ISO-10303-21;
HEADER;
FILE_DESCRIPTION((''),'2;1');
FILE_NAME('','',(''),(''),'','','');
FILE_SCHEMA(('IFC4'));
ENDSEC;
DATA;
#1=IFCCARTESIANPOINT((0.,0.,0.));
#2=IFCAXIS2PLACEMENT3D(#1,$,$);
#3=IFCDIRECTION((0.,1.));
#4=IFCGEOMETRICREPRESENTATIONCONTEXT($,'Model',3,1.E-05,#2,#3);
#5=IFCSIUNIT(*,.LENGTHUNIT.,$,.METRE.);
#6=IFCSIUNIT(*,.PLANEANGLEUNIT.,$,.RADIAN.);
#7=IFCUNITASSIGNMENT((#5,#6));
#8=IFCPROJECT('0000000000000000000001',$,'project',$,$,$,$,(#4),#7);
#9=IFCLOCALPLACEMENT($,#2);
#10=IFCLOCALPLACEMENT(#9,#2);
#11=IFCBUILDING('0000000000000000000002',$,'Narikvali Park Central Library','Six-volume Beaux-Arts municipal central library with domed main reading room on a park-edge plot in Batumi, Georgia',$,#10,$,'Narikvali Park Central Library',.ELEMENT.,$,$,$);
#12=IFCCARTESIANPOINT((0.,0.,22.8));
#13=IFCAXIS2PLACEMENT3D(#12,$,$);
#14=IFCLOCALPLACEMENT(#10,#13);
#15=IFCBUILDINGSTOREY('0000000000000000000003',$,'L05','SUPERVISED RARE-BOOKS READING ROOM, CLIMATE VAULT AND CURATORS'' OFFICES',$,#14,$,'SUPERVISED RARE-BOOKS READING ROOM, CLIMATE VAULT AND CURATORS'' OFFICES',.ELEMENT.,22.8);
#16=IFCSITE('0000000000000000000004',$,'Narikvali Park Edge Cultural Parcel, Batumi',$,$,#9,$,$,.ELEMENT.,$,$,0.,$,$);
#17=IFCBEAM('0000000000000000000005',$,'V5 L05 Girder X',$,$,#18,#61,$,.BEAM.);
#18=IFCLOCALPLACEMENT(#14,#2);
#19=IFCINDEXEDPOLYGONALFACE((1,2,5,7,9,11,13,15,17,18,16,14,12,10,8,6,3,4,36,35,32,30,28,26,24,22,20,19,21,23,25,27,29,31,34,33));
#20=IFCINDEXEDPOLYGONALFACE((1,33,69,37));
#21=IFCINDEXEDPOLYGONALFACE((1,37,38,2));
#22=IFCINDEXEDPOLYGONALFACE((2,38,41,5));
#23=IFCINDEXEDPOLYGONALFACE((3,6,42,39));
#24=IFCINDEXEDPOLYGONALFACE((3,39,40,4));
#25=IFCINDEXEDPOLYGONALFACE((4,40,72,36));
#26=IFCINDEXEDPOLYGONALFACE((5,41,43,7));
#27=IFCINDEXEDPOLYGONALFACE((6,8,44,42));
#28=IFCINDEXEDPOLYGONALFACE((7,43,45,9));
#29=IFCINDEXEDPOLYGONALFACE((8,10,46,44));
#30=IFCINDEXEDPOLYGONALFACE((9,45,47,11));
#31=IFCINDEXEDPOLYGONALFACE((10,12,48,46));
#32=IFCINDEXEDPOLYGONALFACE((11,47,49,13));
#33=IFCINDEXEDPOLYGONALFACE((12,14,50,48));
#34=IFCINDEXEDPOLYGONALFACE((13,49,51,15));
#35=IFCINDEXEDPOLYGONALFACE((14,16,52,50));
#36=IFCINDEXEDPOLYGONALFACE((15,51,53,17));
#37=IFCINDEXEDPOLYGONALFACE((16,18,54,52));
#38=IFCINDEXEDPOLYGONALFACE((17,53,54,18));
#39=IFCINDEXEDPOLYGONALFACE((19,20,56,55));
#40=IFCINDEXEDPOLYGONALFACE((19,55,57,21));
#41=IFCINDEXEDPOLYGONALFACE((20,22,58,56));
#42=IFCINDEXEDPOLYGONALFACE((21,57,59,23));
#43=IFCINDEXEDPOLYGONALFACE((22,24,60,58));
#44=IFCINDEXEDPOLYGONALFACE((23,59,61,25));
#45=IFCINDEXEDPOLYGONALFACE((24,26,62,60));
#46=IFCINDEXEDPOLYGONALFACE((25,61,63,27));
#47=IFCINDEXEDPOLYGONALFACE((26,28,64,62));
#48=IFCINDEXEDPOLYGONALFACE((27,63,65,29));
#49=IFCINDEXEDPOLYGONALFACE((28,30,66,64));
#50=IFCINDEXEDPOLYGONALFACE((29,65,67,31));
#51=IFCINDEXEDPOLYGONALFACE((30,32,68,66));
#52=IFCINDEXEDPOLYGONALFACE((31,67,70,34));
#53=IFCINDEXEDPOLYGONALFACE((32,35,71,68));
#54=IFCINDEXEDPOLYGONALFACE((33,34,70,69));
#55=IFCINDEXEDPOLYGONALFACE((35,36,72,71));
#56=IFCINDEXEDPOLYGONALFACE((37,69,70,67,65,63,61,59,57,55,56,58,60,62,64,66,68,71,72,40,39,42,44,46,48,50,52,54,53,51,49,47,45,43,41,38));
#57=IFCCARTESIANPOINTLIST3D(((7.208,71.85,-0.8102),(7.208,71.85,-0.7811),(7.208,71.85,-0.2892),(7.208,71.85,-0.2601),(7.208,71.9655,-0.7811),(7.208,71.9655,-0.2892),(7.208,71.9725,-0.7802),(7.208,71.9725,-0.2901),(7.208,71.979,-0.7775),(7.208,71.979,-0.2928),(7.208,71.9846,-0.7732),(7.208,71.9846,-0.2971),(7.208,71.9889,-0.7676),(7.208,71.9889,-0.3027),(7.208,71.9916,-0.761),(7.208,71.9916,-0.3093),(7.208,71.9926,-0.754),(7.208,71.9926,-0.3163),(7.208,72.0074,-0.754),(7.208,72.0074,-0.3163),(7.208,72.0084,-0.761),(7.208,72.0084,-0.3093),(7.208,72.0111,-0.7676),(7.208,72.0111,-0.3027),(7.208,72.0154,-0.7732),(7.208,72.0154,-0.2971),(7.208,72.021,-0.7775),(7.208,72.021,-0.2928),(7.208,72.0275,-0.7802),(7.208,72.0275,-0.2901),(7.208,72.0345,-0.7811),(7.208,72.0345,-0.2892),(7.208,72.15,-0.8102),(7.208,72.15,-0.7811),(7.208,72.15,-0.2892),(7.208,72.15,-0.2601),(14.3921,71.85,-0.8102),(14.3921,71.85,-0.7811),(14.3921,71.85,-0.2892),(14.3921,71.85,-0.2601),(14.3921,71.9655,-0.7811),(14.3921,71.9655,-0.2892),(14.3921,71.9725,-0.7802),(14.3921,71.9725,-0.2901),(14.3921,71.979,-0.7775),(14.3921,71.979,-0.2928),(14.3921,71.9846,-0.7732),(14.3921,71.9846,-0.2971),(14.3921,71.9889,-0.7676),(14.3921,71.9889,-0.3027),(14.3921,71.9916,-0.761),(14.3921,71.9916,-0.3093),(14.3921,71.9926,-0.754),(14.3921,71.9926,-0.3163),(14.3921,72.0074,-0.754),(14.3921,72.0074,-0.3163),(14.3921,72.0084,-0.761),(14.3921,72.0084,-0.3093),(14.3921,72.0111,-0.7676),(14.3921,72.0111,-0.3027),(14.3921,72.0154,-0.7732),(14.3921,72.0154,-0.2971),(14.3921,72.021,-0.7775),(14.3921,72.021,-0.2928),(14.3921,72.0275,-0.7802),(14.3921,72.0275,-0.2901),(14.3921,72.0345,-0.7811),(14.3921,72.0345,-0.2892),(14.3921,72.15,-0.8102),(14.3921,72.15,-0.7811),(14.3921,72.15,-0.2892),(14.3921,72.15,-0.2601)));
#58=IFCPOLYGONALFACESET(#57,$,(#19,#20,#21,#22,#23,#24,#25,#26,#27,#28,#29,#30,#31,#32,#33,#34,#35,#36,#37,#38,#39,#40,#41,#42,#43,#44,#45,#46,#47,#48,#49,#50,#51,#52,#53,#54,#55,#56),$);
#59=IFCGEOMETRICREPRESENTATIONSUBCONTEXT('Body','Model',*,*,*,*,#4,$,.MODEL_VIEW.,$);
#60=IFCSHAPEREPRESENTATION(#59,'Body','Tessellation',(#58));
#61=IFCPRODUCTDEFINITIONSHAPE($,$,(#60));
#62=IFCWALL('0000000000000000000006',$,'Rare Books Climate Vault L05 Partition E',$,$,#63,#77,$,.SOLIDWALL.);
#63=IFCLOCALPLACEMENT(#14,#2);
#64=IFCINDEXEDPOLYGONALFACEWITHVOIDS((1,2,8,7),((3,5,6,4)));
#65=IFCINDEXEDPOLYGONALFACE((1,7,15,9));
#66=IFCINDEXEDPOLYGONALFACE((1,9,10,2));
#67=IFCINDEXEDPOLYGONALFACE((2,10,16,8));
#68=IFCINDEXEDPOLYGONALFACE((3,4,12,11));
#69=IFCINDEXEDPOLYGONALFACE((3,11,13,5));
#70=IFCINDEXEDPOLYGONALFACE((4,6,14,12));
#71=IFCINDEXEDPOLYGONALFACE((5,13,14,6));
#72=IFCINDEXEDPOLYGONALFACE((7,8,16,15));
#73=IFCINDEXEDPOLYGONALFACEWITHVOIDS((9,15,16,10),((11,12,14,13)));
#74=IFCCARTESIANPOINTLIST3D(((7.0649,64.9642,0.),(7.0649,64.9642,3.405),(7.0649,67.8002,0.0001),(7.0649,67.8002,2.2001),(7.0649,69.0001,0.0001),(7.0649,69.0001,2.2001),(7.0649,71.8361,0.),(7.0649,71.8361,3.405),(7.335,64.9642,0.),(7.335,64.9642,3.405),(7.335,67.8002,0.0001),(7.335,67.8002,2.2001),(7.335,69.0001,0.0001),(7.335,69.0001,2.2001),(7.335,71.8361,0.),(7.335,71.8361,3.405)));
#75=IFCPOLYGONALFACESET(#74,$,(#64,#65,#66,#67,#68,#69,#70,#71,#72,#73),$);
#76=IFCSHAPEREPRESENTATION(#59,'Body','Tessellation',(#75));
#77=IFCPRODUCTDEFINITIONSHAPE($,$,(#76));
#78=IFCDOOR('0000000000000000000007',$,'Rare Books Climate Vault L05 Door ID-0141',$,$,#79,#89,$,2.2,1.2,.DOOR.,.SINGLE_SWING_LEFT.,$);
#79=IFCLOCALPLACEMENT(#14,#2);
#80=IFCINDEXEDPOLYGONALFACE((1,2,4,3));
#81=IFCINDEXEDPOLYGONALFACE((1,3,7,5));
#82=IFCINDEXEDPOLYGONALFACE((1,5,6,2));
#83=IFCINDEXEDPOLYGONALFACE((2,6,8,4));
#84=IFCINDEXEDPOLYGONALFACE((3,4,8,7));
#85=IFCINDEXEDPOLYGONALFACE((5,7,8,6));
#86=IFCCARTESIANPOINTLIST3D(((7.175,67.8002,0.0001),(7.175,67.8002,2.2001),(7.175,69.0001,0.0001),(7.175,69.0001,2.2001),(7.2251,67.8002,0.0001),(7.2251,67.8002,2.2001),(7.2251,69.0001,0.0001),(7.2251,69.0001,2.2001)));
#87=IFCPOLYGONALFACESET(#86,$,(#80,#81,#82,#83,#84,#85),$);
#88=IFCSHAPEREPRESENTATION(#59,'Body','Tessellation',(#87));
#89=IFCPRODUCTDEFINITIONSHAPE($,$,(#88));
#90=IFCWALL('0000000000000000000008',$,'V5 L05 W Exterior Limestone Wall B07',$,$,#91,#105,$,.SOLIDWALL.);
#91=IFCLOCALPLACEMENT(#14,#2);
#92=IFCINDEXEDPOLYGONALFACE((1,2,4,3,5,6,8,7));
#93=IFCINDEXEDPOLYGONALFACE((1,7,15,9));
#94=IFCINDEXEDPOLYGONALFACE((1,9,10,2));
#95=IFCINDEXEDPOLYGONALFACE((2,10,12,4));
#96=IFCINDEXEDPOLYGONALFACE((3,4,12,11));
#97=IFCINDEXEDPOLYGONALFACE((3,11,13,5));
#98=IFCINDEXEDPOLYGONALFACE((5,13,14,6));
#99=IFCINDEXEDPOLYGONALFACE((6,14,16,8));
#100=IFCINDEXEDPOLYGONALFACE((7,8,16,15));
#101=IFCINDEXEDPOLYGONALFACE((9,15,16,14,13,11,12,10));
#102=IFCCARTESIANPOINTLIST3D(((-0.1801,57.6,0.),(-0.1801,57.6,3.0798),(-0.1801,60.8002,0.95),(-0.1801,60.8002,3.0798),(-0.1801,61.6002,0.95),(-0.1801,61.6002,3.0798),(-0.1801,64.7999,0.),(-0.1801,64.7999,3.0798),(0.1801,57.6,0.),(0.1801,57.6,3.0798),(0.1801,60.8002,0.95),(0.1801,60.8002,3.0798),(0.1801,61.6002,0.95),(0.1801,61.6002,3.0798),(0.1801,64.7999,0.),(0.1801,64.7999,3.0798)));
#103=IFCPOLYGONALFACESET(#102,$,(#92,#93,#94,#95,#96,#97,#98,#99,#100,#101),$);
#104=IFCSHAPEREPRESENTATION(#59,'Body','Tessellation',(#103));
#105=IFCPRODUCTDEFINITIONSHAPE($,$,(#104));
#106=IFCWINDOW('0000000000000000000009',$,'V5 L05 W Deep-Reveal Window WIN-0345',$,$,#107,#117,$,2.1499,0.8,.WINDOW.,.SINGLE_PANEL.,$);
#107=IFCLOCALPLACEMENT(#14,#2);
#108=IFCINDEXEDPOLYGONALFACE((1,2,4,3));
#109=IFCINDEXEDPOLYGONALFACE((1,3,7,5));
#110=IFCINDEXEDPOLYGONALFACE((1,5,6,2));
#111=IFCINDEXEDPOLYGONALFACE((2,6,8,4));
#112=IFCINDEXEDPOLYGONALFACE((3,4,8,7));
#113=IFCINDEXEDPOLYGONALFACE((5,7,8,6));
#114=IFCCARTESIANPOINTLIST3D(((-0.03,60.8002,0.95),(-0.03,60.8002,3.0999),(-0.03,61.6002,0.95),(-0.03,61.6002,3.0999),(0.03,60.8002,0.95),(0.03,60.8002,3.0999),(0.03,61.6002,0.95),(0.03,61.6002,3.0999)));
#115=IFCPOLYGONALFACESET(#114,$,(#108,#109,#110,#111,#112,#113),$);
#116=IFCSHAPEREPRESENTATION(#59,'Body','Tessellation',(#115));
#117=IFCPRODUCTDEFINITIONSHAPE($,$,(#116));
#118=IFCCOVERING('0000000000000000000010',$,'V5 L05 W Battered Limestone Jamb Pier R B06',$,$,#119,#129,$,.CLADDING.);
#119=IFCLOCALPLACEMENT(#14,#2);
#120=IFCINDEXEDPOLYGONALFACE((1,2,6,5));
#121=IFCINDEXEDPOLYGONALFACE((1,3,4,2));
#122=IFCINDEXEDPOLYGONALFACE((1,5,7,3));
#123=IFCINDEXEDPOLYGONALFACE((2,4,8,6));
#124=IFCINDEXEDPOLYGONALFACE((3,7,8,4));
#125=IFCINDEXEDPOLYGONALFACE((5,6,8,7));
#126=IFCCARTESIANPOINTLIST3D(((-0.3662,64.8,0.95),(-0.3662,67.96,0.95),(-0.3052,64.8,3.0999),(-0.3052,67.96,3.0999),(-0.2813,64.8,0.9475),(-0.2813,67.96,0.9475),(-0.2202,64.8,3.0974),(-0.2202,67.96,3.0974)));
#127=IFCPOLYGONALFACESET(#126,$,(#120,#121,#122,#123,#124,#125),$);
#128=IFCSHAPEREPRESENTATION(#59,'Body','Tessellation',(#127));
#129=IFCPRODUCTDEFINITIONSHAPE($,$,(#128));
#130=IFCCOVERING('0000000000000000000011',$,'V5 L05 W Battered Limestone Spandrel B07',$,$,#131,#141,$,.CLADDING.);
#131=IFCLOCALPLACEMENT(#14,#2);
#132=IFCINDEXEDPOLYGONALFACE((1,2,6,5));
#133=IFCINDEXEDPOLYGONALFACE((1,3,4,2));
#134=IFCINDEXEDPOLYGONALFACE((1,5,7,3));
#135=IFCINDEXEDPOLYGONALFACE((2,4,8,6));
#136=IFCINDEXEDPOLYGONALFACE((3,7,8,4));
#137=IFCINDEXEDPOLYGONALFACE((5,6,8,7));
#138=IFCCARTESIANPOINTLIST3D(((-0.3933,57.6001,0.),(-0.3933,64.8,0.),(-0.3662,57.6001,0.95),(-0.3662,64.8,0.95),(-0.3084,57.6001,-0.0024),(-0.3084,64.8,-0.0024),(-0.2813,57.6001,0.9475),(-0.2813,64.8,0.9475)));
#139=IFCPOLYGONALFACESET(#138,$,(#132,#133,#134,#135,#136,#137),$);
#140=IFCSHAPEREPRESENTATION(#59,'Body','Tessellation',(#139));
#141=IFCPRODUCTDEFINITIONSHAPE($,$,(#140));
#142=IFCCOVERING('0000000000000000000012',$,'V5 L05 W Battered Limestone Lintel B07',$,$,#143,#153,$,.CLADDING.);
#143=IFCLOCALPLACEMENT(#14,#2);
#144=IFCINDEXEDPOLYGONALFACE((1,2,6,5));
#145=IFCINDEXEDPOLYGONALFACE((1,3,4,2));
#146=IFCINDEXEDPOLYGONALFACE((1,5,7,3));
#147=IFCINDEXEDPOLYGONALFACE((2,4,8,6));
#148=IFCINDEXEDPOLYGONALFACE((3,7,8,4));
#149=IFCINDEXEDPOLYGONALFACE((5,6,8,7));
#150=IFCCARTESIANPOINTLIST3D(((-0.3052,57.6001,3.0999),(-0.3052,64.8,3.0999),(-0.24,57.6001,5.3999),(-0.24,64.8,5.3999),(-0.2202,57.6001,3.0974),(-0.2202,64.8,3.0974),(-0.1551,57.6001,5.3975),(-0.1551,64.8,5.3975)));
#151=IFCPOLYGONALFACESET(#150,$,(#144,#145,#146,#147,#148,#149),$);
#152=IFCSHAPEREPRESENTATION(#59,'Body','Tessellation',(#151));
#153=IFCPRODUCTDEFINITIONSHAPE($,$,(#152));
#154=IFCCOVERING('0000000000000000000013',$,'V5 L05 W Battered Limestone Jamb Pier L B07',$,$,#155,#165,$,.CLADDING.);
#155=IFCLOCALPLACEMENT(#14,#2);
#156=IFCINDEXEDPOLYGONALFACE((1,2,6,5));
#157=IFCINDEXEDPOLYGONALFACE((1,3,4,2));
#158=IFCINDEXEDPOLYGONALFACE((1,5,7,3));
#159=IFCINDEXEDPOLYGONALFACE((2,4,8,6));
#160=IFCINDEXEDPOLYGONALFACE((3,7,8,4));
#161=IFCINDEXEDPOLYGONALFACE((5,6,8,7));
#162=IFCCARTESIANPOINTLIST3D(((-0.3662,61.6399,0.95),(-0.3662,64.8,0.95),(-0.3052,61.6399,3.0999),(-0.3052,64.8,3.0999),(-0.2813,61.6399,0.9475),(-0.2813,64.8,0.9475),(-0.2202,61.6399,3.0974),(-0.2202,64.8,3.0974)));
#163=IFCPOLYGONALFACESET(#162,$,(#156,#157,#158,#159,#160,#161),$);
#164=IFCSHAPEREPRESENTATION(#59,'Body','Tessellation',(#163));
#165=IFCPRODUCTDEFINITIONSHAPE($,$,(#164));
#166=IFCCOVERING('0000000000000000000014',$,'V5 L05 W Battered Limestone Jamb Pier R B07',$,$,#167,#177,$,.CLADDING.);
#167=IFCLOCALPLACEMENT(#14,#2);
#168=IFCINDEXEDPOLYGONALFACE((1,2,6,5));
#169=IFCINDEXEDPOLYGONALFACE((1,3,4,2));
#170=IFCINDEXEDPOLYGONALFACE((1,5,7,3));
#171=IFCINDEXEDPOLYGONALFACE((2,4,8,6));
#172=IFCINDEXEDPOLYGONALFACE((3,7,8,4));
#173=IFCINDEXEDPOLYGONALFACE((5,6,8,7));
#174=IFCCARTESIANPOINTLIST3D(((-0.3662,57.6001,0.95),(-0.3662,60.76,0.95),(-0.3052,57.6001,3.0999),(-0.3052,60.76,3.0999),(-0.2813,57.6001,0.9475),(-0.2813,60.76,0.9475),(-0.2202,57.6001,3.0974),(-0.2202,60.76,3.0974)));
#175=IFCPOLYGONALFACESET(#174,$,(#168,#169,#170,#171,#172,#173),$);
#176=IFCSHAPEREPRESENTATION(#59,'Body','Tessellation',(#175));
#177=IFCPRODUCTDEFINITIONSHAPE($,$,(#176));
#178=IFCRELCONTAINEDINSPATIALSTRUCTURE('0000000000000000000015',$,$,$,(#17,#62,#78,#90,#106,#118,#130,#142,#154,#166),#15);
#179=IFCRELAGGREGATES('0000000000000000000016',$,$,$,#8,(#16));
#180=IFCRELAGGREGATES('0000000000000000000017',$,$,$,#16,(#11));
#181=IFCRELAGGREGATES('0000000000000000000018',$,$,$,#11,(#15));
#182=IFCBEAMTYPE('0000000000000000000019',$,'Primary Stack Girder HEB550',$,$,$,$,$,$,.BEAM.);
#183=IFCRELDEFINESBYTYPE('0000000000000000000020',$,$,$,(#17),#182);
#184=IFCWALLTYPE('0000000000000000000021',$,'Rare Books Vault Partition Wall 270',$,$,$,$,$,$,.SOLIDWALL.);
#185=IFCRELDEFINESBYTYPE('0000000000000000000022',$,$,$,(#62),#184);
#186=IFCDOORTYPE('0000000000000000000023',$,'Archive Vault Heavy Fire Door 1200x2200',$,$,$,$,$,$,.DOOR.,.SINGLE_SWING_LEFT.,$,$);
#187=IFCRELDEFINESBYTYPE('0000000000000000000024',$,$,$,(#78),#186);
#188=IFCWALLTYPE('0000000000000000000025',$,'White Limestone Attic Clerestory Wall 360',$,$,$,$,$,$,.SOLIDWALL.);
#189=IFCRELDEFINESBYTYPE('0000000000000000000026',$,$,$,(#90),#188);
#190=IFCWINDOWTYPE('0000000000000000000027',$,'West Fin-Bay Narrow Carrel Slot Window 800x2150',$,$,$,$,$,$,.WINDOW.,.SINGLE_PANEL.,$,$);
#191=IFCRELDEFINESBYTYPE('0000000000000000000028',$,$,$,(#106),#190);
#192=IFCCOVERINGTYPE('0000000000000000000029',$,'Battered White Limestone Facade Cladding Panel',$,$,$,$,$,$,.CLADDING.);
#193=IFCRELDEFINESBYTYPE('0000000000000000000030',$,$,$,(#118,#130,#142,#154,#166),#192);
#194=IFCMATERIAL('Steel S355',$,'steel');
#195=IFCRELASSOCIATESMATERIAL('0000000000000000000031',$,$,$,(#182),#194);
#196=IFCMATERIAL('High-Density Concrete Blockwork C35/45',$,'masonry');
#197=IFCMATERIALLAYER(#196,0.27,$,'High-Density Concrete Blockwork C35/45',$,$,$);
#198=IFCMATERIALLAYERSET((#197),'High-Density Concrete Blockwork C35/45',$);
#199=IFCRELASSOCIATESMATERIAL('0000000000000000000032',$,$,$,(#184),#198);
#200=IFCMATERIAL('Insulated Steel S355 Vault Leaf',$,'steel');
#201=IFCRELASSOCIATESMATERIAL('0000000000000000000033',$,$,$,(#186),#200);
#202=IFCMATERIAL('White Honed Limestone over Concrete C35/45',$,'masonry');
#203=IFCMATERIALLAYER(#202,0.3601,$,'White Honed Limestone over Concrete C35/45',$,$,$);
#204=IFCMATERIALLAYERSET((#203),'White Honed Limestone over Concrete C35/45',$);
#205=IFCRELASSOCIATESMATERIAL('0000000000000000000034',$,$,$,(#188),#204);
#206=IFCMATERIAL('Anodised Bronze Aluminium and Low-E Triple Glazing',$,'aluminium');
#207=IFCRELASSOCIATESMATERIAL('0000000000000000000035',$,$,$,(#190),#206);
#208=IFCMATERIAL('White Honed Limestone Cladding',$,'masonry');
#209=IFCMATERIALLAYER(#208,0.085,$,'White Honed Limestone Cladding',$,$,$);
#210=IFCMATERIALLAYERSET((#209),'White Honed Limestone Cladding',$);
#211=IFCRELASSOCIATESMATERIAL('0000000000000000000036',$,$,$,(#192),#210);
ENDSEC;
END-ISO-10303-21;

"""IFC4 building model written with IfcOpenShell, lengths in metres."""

from ifc_helpers import new_model, si_unit, direction, frame, frame_2d, origin, origin_2d, place, context, subcontext, project, spatial, polyline, rectangle, i_section, outline, extrude, material, layer, layer_set, material_profile, profile_set, type_object, element, fill, save


model = new_model("IFC4")

# Units and contexts
model_context = context("Model", 3, precision=1e-05, world=origin(), true_north=direction((0.0, 1.0)))
body_context = subcontext(model_context, "Body", "Model", "MODEL_VIEW")
ifc_project = project(units=[si_unit("LENGTHUNIT", "METRE"), si_unit("PLANEANGLEUNIT", "RADIAN")], contexts=[model_context])

# Site, building, storey
site_placement = place(None, origin())
site = spatial("IfcSite", under=ifc_project, at=site_placement, Name="Narikvali Park Edge Cultural Parcel, Batumi", CompositionType="ELEMENT", RefElevation=0.0)
building_placement = place(site_placement, origin())
building = spatial("IfcBuilding", under=site, at=building_placement, Name="Narikvali Park Central Library", Description="Six-volume Beaux-Arts municipal central library with domed main reading room on a park-edge plot in Batumi, Georgia", LongName="Narikvali Park Central Library", CompositionType="ELEMENT")
storey_placement = place(building_placement, frame((0.0, 0.0, 22.8)))
storey = spatial("IfcBuildingStorey", under=building, at=storey_placement, Name="L05", Description="SUPERVISED RARE-BOOKS READING ROOM, CLIMATE VAULT AND CURATORS' OFFICES", LongName="SUPERVISED RARE-BOOKS READING ROOM, CLIMATE VAULT AND CURATORS' OFFICES", CompositionType="ELEMENT", Elevation=22.8)

# Shared definitions
ifc_material_1 = material(Name="Steel S355", Category="steel")

# Beam
ifc_material_profile_1 = material_profile(ifc_material_1, i_section(OverallWidth=0.3, OverallDepth=0.55, WebThickness=0.0149, FlangeThickness=0.0291, FilletRadius=0.0271, at=origin_2d()), Name="HEB 550")
ifc_profile_set_1 = profile_set([ifc_material_profile_1], Name="Steel S355")
beam_type_1 = type_object("IfcBeamType", Name="Primary Stack Girder HEB550", PredefinedType="BEAM", material=ifc_profile_set_1)
beam_1_placement = place(storey_placement, frame((7.208, 72.0, -0.5352), z_axis=(1.0, 0.0, 0.0), x_axis=(0.0, 1.0, 0.0)))
element("IfcBeam", 1, at=beam_1_placement, inside=storey, type_object=beam_type_1, Name="V5 L05 Girder X", PredefinedType="BEAM", context=body_context, shape_type="SweptSolid", body=[
    extrude(i_section(OverallWidth=0.3, OverallDepth=0.55, WebThickness=0.0149, FlangeThickness=0.0291, FilletRadius=0.0271, at=origin_2d()), origin(), (0.0, 0.0, 1.0), 7.1841),
])

# Wall, opening, door
ifc_material_2 = material(Name="High-Density Concrete Blockwork C35/45", Category="masonry")
ifc_layer_1 = layer(ifc_material_2, 0.27, Name="High-Density Concrete Blockwork C35/45")
ifc_layer_set_1 = layer_set([ifc_layer_1], Name="High-Density Concrete Blockwork C35/45")
wall_type_1 = type_object("IfcWallType", Name="Rare Books Vault Partition Wall 270", PredefinedType="SOLIDWALL", material=ifc_layer_set_1)
wall_1_placement = place(storey_placement, frame((7.2, 64.9641, 0.0), z_axis=(0.0, 0.0, 1.0), x_axis=(0.0, 1.0, 0.0)))
wall_1 = element("IfcWall", 2, at=wall_1_placement, inside=storey, type_object=wall_type_1, Name="Rare Books Climate Vault L05 Partition E", PredefinedType="SOLIDWALL", context=body_context, shape_type="SweptSolid", body=[
    extrude(rectangle(XDim=6.8718, YDim=0.27, at=frame_2d((3.436, 0.0))), origin(), (0.0, 0.0, 1.0), 3.405),
])
opening_1_placement = place(wall_1_placement, frame((2.8359, 0.0, 0.0)))
opening_1 = element("IfcOpeningElement", 3, at=opening_1_placement, cuts=wall_1, PredefinedType="OPENING", context=body_context, shape_type="SweptSolid", body=[
    extrude(rectangle(XDim=1.2, YDim=2.2, at=frame_2d((0.6001, 1.1001))), frame((0.0, 0.147, 0.0), z_axis=(0.0, -1.0, 0.0), x_axis=(1.0, 0.0, 0.0)), (0.0, 0.0, 1.0), 0.2939),
])
ifc_material_3 = material(Name="Insulated Steel S355 Vault Leaf", Category="steel")
door_type = type_object("IfcDoorType", Name="Archive Vault Heavy Fire Door 1200x2200", OperationType="SINGLE_SWING_LEFT", PredefinedType="DOOR", material=ifc_material_3)
door_placement = place(opening_1_placement, origin())
door = element("IfcDoor", 4, at=door_placement, inside=storey, type_object=door_type, Name="Rare Books Climate Vault L05 Door ID-0141", OperationType="SINGLE_SWING_LEFT", OverallHeight=2.2, OverallWidth=1.2, PredefinedType="DOOR", context=body_context, shape_type="SweptSolid", body=[
    extrude(rectangle(XDim=1.2, YDim=2.2, at=frame_2d((0.6001, 1.1001))), frame((0.0, 0.0249, 0.0), z_axis=(0.0, -1.0, 0.0), x_axis=(1.0, 0.0, 0.0)), (0.0, 0.0, 1.0), 0.05),
])
fill(opening_1, door)

# Wall, opening, window
ifc_material_4 = material(Name="White Honed Limestone over Concrete C35/45", Category="masonry")
ifc_layer_2 = layer(ifc_material_4, 0.3601, Name="White Honed Limestone over Concrete C35/45")
ifc_layer_set_2 = layer_set([ifc_layer_2], Name="White Honed Limestone over Concrete C35/45")
wall_type_2 = type_object("IfcWallType", Name="White Limestone Attic Clerestory Wall 360", PredefinedType="SOLIDWALL", material=ifc_layer_set_2)
wall_2_placement = place(storey_placement, frame((0.0, 64.8, 0.0), z_axis=(0.0, 0.0, 1.0), x_axis=(0.0, -1.0, 0.0)))
wall_2 = element("IfcWall", 5, at=wall_2_placement, inside=storey, type_object=wall_type_2, Name="V5 L05 W Exterior Limestone Wall B07", PredefinedType="SOLIDWALL", context=body_context, shape_type="SweptSolid", body=[
    extrude(rectangle(XDim=7.2, YDim=0.3601, at=frame_2d((3.6001, 0.0))), origin(), (0.0, 0.0, 1.0), 3.0798),
])
opening_2_placement = place(wall_2_placement, frame((3.2, 0.0, 0.95)))
opening_2 = element("IfcOpeningElement", 6, at=opening_2_placement, cuts=wall_2, PredefinedType="OPENING", context=body_context, shape_type="SweptSolid", body=[
    extrude(rectangle(XDim=0.8, YDim=2.1499, at=frame_2d((0.3999, 1.075))), frame((0.0, 0.1919, 0.0), z_axis=(0.0, -1.0, 0.0), x_axis=(1.0, 0.0, 0.0)), (0.0, 0.0, 1.0), 0.384),
])
ifc_material_5 = material(Name="Anodised Bronze Aluminium and Low-E Triple Glazing", Category="aluminium")
window_type = type_object("IfcWindowType", Name="West Fin-Bay Narrow Carrel Slot Window 800x2150", PartitioningType="SINGLE_PANEL", PredefinedType="WINDOW", material=ifc_material_5)
window_placement = place(opening_2_placement, origin())
window = element("IfcWindow", 7, at=window_placement, inside=storey, type_object=window_type, Name="V5 L05 W Deep-Reveal Window WIN-0345", OverallHeight=2.1499, OverallWidth=0.8, PartitioningType="SINGLE_PANEL", PredefinedType="WINDOW", context=body_context, shape_type="SweptSolid", body=[
    extrude(rectangle(XDim=0.8, YDim=2.1499, at=frame_2d((0.3999, 1.075))), frame((0.0, 0.03, 0.0), z_axis=(0.0, -1.0, 0.0), x_axis=(1.0, 0.0, 0.0)), (0.0, 0.0, 1.0), 0.0601),
])
fill(opening_2, window)

# Coverings
ifc_material_6 = material(Name="White Honed Limestone Cladding", Category="masonry")
ifc_layer_3 = layer(ifc_material_6, 0.085, Name="White Honed Limestone Cladding")
ifc_layer_set_3 = layer_set([ifc_layer_3], Name="White Honed Limestone Cladding")
covering_type = type_object("IfcCoveringType", Name="Battered White Limestone Facade Cladding Panel", PredefinedType="CLADDING", material=ifc_layer_set_3)
covering_1_placement = place(storey_placement, frame((-0.3662, 67.96, 0.95), z_axis=(-0.999597, 0.0, 0.028378), x_axis=(0.0, -1.0, 0.0)))
element("IfcCovering", 8, at=covering_1_placement, inside=storey, type_object=covering_type, Name="V5 L05 W Battered Limestone Jamb Pier R B06", PredefinedType="CLADDING", context=body_context, shape_type="SweptSolid", body=[
    extrude(outline(polyline([(0.0, 0.0), (3.1599, 0.0), (3.1599, 2.1508), (0.0, 2.1508), (0.0, 0.0)])), origin(), (0.0, 0.0, -1.0), 0.085),
])
covering_2_placement = place(storey_placement, frame((-0.3933, 64.8, 0.0), z_axis=(-0.999593, 0.0, 0.028516), x_axis=(0.0, -1.0, 0.0)))
element("IfcCovering", 9, at=covering_2_placement, inside=storey, type_object=covering_type, Name="V5 L05 W Battered Limestone Spandrel B07", PredefinedType="CLADDING", context=body_context, shape_type="SweptSolid", body=[
    extrude(outline(polyline([(0.0, 0.0), (7.2, 0.0), (7.2, 0.9503), (0.0, 0.9503), (0.0, 0.0)])), origin(), (0.0, 0.0, -1.0), 0.085),
])
covering_3_placement = place(storey_placement, frame((-0.3052, 64.8, 3.0999), z_axis=(-0.999599, 0.0, 0.02833), x_axis=(0.0, -1.0, 0.0)))
element("IfcCovering", 10, at=covering_3_placement, inside=storey, type_object=covering_type, Name="V5 L05 W Battered Limestone Lintel B07", PredefinedType="CLADDING", context=body_context, shape_type="SweptSolid", body=[
    extrude(outline(polyline([(0.0, 0.0), (7.2, 0.0), (7.2, 2.301), (0.0, 2.301), (0.0, 0.0)])), origin(), (0.0, 0.0, -1.0), 0.085),
])
covering_4_placement = place(storey_placement, frame((-0.3662, 64.8, 0.95), z_axis=(-0.999597, 0.0, 0.028378), x_axis=(0.0, -1.0, 0.0)))
element("IfcCovering", 11, at=covering_4_placement, inside=storey, type_object=covering_type, Name="V5 L05 W Battered Limestone Jamb Pier L B07", PredefinedType="CLADDING", context=body_context, shape_type="SweptSolid", body=[
    extrude(outline(polyline([(0.0, 0.0), (3.1602, 0.0), (3.1602, 2.1508), (0.0, 2.1508), (0.0, 0.0)])), origin(), (0.0, 0.0, -1.0), 0.085),
])
covering_5_placement = place(storey_placement, frame((-0.3662, 60.76, 0.95), z_axis=(-0.999597, 0.0, 0.028378), x_axis=(0.0, -1.0, 0.0)))
element("IfcCovering", 12, at=covering_5_placement, inside=storey, type_object=covering_type, Name="V5 L05 W Battered Limestone Jamb Pier R B07", PredefinedType="CLADDING", context=body_context, shape_type="SweptSolid", body=[
    extrude(outline(polyline([(0.0, 0.0), (3.1599, 0.0), (3.1599, 2.1508), (0.0, 2.1508), (0.0, 0.0)])), origin(), (0.0, 0.0, -1.0), 0.085),
])

save(model, "model.ifc")
